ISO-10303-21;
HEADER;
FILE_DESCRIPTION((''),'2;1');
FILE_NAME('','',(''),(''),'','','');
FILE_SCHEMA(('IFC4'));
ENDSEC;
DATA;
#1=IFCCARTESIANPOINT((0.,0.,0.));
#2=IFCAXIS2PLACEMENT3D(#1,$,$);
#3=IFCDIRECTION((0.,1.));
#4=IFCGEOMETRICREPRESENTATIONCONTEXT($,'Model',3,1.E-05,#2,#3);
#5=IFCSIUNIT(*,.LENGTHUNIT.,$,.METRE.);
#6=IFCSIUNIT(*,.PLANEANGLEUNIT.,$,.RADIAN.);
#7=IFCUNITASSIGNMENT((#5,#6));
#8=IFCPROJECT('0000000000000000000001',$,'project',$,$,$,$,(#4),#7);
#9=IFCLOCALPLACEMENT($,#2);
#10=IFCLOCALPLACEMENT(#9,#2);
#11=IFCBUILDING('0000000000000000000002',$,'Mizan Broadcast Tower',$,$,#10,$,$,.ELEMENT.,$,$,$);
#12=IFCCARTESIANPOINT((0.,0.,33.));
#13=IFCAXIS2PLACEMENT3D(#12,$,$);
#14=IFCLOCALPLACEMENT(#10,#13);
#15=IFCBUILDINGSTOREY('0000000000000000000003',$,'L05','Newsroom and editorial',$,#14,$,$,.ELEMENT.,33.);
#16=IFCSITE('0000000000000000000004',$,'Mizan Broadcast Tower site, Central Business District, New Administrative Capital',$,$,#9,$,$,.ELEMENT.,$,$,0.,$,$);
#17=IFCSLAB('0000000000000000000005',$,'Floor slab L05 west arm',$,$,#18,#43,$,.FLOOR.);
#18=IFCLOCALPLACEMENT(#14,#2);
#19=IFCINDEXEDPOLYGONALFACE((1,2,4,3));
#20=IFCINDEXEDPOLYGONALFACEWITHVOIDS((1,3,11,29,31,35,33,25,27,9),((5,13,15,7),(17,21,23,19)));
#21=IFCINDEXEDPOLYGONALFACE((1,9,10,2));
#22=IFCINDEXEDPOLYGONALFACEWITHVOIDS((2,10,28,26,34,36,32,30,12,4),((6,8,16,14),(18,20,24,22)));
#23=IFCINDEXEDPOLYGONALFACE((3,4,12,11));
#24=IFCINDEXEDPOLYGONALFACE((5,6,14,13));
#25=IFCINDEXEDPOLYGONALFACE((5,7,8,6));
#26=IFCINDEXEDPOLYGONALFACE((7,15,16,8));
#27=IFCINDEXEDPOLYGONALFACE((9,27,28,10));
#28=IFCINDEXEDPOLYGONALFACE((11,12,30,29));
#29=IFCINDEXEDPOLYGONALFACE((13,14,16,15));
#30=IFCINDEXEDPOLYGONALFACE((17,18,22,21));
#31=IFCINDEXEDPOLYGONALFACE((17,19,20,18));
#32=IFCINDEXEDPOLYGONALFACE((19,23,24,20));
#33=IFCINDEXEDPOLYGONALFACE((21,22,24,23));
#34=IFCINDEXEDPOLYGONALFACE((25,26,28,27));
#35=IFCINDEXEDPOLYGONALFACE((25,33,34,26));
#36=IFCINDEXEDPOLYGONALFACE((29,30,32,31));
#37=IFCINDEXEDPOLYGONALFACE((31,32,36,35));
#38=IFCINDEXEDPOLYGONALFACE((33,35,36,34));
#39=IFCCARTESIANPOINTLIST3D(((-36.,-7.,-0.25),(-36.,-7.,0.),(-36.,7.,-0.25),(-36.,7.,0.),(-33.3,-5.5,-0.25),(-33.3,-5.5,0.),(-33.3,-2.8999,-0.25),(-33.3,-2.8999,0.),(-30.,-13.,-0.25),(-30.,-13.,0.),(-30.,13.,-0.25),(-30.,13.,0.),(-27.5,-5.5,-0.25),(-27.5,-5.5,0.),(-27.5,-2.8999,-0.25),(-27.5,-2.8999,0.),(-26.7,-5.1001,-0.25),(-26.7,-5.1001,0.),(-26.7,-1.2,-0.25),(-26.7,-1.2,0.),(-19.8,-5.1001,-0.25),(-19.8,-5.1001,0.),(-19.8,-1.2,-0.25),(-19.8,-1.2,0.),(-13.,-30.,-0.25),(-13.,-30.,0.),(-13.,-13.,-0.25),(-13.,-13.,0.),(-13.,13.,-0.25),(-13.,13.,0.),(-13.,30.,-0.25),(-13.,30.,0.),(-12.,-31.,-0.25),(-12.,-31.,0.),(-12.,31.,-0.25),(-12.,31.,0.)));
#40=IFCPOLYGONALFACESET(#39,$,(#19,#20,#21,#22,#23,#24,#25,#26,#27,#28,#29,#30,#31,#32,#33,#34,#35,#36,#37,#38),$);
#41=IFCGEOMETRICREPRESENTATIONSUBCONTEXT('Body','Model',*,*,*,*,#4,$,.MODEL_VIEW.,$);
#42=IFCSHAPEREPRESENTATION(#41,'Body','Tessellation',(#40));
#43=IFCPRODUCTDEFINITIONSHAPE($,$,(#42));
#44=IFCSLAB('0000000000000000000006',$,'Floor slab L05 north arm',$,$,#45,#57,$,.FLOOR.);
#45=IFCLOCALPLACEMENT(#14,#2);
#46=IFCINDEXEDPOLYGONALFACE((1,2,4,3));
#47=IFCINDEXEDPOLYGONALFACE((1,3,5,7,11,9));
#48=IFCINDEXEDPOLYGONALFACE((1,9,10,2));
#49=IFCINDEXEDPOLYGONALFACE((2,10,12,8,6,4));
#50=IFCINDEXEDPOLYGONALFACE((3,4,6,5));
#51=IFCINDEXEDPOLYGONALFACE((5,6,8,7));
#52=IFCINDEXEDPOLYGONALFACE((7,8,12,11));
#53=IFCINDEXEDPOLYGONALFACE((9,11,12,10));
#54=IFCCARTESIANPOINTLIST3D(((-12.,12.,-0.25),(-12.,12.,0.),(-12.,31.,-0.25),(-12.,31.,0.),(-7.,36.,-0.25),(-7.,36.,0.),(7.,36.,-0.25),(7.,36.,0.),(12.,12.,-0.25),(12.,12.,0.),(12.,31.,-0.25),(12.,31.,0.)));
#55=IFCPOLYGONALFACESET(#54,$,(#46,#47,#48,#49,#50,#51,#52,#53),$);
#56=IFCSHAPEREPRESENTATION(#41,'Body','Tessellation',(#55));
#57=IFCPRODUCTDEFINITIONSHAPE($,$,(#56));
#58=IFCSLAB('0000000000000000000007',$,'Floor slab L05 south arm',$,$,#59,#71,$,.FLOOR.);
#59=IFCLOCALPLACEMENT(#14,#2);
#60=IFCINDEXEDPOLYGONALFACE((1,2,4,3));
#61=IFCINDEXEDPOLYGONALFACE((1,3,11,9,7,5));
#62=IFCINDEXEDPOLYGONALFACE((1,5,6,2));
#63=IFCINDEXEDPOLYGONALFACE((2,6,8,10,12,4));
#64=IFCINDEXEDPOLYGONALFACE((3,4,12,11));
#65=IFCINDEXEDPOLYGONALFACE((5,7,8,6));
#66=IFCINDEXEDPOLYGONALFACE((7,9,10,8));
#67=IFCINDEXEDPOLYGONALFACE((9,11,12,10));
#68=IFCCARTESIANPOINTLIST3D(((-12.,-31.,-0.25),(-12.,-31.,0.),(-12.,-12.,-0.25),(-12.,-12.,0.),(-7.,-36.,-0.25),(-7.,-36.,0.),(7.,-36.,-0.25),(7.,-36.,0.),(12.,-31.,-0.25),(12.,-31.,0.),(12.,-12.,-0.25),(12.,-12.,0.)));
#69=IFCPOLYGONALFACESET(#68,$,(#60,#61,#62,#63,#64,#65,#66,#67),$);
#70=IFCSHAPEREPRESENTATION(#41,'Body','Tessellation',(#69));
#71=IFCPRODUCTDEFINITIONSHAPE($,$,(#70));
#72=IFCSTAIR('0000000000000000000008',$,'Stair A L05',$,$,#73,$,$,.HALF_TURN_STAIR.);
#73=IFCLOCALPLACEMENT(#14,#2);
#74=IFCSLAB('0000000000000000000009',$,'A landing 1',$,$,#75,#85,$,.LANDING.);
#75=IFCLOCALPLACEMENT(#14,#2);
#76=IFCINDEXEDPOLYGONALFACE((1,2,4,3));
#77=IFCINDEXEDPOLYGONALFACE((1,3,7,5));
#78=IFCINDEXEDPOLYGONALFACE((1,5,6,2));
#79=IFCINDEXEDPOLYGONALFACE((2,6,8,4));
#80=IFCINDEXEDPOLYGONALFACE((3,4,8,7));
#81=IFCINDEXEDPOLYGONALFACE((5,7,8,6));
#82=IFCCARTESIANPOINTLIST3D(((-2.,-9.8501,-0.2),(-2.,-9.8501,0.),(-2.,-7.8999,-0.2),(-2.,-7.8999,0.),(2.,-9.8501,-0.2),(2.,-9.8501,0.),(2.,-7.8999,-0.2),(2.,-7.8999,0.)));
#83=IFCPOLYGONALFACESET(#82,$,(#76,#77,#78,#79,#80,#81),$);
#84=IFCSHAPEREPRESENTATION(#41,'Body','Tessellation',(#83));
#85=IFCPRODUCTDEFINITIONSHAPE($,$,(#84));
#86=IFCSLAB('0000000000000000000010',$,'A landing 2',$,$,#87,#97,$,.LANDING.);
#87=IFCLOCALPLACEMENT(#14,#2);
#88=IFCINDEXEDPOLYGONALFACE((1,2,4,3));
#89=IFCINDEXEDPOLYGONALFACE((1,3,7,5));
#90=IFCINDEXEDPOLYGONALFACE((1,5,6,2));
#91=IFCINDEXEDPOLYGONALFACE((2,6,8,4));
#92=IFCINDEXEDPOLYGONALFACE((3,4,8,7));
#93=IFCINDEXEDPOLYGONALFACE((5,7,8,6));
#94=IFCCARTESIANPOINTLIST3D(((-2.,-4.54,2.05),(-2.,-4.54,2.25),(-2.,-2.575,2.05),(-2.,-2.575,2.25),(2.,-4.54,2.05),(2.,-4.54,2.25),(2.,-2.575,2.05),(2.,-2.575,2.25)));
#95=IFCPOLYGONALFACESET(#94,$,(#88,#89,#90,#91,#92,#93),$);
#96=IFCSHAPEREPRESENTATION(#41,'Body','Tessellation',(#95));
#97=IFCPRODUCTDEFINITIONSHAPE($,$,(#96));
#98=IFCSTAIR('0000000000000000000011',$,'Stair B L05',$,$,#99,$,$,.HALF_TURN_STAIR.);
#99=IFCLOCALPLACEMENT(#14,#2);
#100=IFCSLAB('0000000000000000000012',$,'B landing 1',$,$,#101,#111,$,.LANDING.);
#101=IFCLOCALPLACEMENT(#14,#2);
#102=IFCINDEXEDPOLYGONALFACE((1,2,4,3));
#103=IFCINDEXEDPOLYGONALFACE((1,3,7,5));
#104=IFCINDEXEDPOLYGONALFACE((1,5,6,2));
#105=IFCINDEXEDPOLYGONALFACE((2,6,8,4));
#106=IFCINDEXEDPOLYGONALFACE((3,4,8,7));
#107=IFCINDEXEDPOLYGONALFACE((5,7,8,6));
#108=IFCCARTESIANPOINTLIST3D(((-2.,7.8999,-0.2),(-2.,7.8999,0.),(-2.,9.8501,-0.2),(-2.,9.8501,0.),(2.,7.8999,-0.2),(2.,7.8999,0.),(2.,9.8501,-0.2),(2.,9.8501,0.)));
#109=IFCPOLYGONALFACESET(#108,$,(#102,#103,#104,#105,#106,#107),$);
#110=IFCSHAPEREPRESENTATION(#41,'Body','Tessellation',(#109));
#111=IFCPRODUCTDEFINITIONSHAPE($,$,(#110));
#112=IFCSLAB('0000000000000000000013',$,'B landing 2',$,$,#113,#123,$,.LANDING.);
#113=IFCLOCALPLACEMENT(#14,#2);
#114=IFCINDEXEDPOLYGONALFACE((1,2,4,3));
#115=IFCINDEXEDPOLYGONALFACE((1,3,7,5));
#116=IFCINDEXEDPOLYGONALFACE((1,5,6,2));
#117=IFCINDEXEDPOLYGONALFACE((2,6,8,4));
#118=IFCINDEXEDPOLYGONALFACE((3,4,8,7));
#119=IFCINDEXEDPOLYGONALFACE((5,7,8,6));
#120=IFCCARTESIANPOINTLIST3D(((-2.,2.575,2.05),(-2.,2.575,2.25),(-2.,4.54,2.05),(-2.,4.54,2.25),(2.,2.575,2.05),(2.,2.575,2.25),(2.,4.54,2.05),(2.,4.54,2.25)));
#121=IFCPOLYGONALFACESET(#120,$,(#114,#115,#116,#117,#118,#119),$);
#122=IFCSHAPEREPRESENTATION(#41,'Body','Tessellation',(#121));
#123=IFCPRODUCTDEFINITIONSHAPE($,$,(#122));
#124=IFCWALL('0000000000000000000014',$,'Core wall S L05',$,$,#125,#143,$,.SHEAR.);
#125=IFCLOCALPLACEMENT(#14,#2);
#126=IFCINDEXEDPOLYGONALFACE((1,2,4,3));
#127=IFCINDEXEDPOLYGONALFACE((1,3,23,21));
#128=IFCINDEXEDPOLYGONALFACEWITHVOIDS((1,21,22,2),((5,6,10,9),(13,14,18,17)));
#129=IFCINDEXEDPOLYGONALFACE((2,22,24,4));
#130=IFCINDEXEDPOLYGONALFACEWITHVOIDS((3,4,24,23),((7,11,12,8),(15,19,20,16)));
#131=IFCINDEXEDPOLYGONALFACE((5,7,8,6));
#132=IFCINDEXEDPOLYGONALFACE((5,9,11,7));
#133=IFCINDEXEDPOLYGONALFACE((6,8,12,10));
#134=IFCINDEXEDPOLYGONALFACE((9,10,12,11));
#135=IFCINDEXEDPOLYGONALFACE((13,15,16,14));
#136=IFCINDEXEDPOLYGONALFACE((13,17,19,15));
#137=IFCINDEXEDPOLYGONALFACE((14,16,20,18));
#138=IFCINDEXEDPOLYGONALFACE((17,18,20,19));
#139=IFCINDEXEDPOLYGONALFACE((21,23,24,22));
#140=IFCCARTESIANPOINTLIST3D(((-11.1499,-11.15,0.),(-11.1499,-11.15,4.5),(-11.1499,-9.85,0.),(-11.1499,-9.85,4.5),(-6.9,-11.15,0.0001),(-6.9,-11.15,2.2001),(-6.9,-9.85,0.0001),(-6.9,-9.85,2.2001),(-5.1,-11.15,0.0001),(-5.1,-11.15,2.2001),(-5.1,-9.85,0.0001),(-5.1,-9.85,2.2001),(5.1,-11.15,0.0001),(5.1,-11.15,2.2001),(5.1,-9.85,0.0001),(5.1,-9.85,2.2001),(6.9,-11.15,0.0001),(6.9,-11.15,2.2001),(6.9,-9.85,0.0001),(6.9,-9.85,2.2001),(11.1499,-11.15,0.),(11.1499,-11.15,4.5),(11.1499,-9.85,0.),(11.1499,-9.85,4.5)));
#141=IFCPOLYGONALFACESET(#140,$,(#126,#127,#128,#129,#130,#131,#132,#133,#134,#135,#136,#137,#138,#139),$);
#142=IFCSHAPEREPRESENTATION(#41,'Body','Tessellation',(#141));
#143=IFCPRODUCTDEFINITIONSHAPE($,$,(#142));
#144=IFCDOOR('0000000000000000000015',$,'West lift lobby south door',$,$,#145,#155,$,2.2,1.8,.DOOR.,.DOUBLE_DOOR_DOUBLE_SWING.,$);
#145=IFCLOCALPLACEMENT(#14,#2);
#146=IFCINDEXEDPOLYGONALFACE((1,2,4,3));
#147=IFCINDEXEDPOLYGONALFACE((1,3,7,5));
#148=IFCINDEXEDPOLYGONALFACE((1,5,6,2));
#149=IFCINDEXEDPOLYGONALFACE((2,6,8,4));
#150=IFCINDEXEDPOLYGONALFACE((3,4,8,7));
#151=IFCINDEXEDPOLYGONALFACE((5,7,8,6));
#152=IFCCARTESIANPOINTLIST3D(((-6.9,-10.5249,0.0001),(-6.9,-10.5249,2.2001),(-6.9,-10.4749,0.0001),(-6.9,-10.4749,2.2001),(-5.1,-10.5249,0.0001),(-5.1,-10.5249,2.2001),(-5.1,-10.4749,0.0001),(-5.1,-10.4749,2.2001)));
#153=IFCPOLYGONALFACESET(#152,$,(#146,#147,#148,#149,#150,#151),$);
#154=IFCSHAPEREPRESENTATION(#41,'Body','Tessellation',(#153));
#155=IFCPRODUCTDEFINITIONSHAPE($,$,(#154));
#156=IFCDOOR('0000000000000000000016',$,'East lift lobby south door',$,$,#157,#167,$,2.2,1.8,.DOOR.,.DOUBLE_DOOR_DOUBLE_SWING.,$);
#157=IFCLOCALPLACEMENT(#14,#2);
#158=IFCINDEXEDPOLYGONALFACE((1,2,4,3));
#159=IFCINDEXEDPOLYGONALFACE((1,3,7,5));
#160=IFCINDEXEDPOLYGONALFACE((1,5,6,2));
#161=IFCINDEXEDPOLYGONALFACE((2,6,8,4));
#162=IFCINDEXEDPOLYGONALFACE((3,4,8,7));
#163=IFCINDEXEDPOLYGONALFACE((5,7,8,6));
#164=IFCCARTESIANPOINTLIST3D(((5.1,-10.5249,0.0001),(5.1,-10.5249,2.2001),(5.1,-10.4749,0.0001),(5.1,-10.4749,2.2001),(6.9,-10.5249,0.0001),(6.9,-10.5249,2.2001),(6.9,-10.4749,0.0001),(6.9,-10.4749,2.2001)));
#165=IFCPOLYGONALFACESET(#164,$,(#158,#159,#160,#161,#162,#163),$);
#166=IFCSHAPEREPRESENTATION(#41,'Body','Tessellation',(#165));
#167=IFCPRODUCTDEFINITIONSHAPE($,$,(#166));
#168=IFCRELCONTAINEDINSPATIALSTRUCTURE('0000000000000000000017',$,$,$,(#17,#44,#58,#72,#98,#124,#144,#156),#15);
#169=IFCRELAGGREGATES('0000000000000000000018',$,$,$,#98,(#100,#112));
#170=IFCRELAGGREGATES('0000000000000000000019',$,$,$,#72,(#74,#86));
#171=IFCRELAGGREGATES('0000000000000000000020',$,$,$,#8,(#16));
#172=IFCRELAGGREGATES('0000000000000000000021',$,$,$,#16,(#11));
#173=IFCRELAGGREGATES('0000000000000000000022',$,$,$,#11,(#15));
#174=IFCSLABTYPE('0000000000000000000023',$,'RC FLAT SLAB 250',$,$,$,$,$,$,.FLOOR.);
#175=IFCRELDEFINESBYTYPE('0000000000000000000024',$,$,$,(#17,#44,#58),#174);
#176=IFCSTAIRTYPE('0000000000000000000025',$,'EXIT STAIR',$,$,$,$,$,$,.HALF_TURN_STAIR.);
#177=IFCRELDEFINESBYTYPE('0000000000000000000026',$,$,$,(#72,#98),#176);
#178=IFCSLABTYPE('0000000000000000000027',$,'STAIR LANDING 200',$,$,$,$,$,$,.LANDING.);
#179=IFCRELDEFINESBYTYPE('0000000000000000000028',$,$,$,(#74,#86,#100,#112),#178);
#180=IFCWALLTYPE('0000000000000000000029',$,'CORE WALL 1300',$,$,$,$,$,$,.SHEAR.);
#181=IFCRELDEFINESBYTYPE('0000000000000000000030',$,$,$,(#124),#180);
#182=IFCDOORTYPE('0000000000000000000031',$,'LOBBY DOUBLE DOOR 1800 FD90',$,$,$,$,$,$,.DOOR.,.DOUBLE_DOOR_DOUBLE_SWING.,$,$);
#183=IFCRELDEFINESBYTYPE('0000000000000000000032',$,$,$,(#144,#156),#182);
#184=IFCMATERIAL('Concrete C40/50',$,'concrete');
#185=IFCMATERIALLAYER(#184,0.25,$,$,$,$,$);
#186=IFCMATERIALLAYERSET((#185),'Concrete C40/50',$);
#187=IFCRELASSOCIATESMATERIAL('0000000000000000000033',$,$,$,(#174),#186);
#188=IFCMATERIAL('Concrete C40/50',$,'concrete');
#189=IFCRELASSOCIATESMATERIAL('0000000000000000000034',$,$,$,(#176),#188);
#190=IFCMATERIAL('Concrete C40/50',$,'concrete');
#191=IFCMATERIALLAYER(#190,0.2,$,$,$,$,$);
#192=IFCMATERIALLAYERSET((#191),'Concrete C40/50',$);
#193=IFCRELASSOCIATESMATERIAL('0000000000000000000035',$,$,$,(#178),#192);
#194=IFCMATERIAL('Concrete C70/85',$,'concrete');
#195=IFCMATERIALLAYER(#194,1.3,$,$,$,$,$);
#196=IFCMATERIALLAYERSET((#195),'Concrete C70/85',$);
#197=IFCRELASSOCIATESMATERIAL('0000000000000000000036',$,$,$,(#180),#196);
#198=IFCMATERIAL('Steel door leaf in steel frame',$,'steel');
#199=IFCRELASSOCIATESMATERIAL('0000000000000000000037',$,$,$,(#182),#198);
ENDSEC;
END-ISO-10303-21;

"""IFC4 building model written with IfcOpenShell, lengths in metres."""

from ifc_helpers import new_model, si_unit, direction, frame, frame_2d, origin, place, context, subcontext, project, spatial, polyline, rectangle, outline, extrude, material, layer, layer_set, type_object, element, fill, aggregate, save


model = new_model("IFC4")

# Units and contexts
model_context = context("Model", 3, precision=1e-05, world=origin(), true_north=direction((0.0, 1.0)))
body_context = subcontext(model_context, "Body", "Model", "MODEL_VIEW")
ifc_project = project(units=[si_unit("LENGTHUNIT", "METRE"), si_unit("PLANEANGLEUNIT", "RADIAN")], contexts=[model_context])

# Site, building, storey
site_placement = place(None, origin())
site = spatial("IfcSite", under=ifc_project, at=site_placement, Name="Mizan Broadcast Tower site, Central Business District, New Administrative Capital", CompositionType="ELEMENT", RefElevation=0.0)
building_placement = place(site_placement, origin())
building = spatial("IfcBuilding", under=site, at=building_placement, Name="Mizan Broadcast Tower", CompositionType="ELEMENT")
storey_placement = place(building_placement, frame((0.0, 0.0, 33.0)))
storey = spatial("IfcBuildingStorey", under=building, at=storey_placement, Name="L05", Description="Newsroom and editorial", CompositionType="ELEMENT", Elevation=33.0)

# Slabs
ifc_material_1 = material(Name="Concrete C40/50", Category="concrete")
ifc_layer_1 = layer(ifc_material_1, 0.25)
ifc_layer_set_1 = layer_set([ifc_layer_1], Name="Concrete C40/50")
slab_type_1 = type_object("IfcSlabType", Name="RC FLAT SLAB 250", PredefinedType="FLOOR", material=ifc_layer_set_1)
slab_1_placement = place(storey_placement, frame((0.0, 0.0, -0.25)))
element("IfcSlab", 1, at=slab_1_placement, inside=storey, type_object=slab_type_1, Name="Floor slab L05 west arm", PredefinedType="FLOOR", context=body_context, shape_type="SweptSolid", body=[
    extrude(outline(polyline([(-13.0, -13.0), (-13.0, -30.0), (-12.0, -31.0), (-12.0, 31.0), (-13.0, 30.0), (-13.0, 13.0), (-30.0, 13.0), (-36.0, 7.0), (-36.0, -7.0), (-30.0, -13.0), (-13.0, -13.0)]), holes=[polyline([(-19.8, -5.1001), (-26.7, -5.1001), (-26.7, -1.2), (-19.8, -1.2), (-19.8, -5.1001)]), polyline([(-33.3, -5.5), (-33.3, -2.8999), (-27.5, -2.8999), (-27.5, -5.5), (-33.3, -5.5)])]), origin(), (0.0, 0.0, 1.0), 0.25),
])
slab_2_placement = place(storey_placement, frame((0.0, 0.0, -0.25)))
element("IfcSlab", 2, at=slab_2_placement, inside=storey, type_object=slab_type_1, Name="Floor slab L05 north arm", PredefinedType="FLOOR", context=body_context, shape_type="SweptSolid", body=[
    extrude(outline(polyline([(-7.0, 36.0), (-12.0, 31.0), (-12.0, 12.0), (12.0, 12.0), (12.0, 31.0), (7.0, 36.0), (-7.0, 36.0)])), origin(), (0.0, 0.0, 1.0), 0.25),
])
slab_3_placement = place(storey_placement, frame((0.0, 0.0, -0.25)))
element("IfcSlab", 3, at=slab_3_placement, inside=storey, type_object=slab_type_1, Name="Floor slab L05 south arm", PredefinedType="FLOOR", context=body_context, shape_type="SweptSolid", body=[
    extrude(outline(polyline([(7.0, -36.0), (12.0, -31.0), (12.0, -12.0), (-12.0, -12.0), (-12.0, -31.0), (-7.0, -36.0), (7.0, -36.0)])), origin(), (0.0, 0.0, 1.0), 0.25),
])

# Stairs, slabs
ifc_material_2 = material(Name="Concrete C40/50", Category="concrete")
stair_type = type_object("IfcStairType", Name="EXIT STAIR", PredefinedType="HALF_TURN_STAIR", material=ifc_material_2)
stair_1_placement = place(storey_placement, origin())
stair_1 = element("IfcStair", 4, at=stair_1_placement, inside=storey, type_object=stair_type, Name="Stair A L05", PredefinedType="HALF_TURN_STAIR")
ifc_material_3 = material(Name="Concrete C40/50", Category="concrete")
ifc_layer_2 = layer(ifc_material_3, 0.2)
ifc_layer_set_2 = layer_set([ifc_layer_2], Name="Concrete C40/50")
slab_type_2 = type_object("IfcSlabType", Name="STAIR LANDING 200", PredefinedType="LANDING", material=ifc_layer_set_2)
slab_4_placement = place(storey_placement, frame((0.0, 0.0, -0.2)))
slab_4 = element("IfcSlab", 5, at=slab_4_placement, type_object=slab_type_2, Name="A landing 1", PredefinedType="LANDING", context=body_context, shape_type="SweptSolid", body=[
    extrude(outline(polyline([(-2.0, -9.8501), (-2.0, -7.8999), (2.0, -7.8999), (2.0, -9.8501), (-2.0, -9.8501)])), origin(), (0.0, 0.0, 1.0), 0.2),
])
slab_5_placement = place(storey_placement, frame((0.0, 0.0, 2.05)))
slab_5 = element("IfcSlab", 6, at=slab_5_placement, type_object=slab_type_2, Name="A landing 2", PredefinedType="LANDING", context=body_context, shape_type="SweptSolid", body=[
    extrude(outline(polyline([(-2.0, -4.54), (-2.0, -2.575), (2.0, -2.575), (2.0, -4.54), (-2.0, -4.54)])), origin(), (0.0, 0.0, 1.0), 0.2),
])
stair_2_placement = place(storey_placement, origin())
stair_2 = element("IfcStair", 7, at=stair_2_placement, inside=storey, type_object=stair_type, Name="Stair B L05", PredefinedType="HALF_TURN_STAIR")
slab_6_placement = place(storey_placement, frame((0.0, 0.0, -0.2)))
slab_6 = element("IfcSlab", 8, at=slab_6_placement, type_object=slab_type_2, Name="B landing 1", PredefinedType="LANDING", context=body_context, shape_type="SweptSolid", body=[
    extrude(outline(polyline([(2.0, 9.8501), (2.0, 7.8999), (-2.0, 7.8999), (-2.0, 9.8501), (2.0, 9.8501)])), origin(), (0.0, 0.0, 1.0), 0.2),
])
slab_7_placement = place(storey_placement, frame((0.0, 0.0, 2.05)))
slab_7 = element("IfcSlab", 9, at=slab_7_placement, type_object=slab_type_2, Name="B landing 2", PredefinedType="LANDING", context=body_context, shape_type="SweptSolid", body=[
    extrude(outline(polyline([(2.0, 4.54), (2.0, 2.575), (-2.0, 2.575), (-2.0, 4.54), (2.0, 4.54)])), origin(), (0.0, 0.0, 1.0), 0.2),
])
aggregate(stair_2, [slab_6, slab_7])

# Wall, openings, doors
ifc_material_4 = material(Name="Concrete C70/85", Category="concrete")
ifc_layer_3 = layer(ifc_material_4, 1.3)
ifc_layer_set_3 = layer_set([ifc_layer_3], Name="Concrete C70/85")
wall_type_1 = type_object("IfcWallType", Name="CORE WALL 1300", PredefinedType="SHEAR", material=ifc_layer_set_3)
wall_1_placement = place(storey_placement, frame((11.1499, -10.5, 0.0), z_axis=(0.0, 0.0, 1.0), x_axis=(-1.0, 0.0, 0.0)))
wall_1 = element("IfcWall", 10, at=wall_1_placement, inside=storey, type_object=wall_type_1, Name="Core wall S L05", PredefinedType="SHEAR", context=body_context, shape_type="SweptSolid", body=[
    extrude(rectangle(XDim=22.2998, YDim=1.3, at=frame_2d((11.1499, 0.0))), origin(), (0.0, 0.0, 1.0), 4.5),
])
opening_1_placement = place(wall_1_placement, frame((16.25, 0.0, 0.0)))
opening_1 = element("IfcOpeningElement", 11, at=opening_1_placement, cuts=wall_1, PredefinedType="OPENING", context=body_context, shape_type="SweptSolid", body=[
    extrude(rectangle(XDim=1.8, YDim=2.2, at=frame_2d((0.8999, 1.1001))), frame((0.0, 0.6599, 0.0), z_axis=(0.0, -1.0, 0.0), x_axis=(1.0, 0.0, 0.0)), (0.0, 0.0, 1.0), 1.3201),
])
opening_2_placement = place(wall_1_placement, frame((4.25, 0.0, 0.0)))
opening_2 = element("IfcOpeningElement", 12, at=opening_2_placement, cuts=wall_1, PredefinedType="OPENING", context=body_context, shape_type="SweptSolid", body=[
    extrude(rectangle(XDim=1.8, YDim=2.2, at=frame_2d((0.8999, 1.1001))), frame((0.0, 0.6599, 0.0), z_axis=(0.0, -1.0, 0.0), x_axis=(1.0, 0.0, 0.0)), (0.0, 0.0, 1.0), 1.3201),
])
ifc_material_5 = material(Name="Steel door leaf in steel frame", Category="steel")
door_type_1 = type_object("IfcDoorType", Name="LOBBY DOUBLE DOOR 1800 FD90", OperationType="DOUBLE_DOOR_DOUBLE_SWING", PredefinedType="DOOR", material=ifc_material_5)
door_1_placement = place(opening_1_placement, origin())
door_1 = element("IfcDoor", 13, at=door_1_placement, inside=storey, type_object=door_type_1, Name="West lift lobby south door", OperationType="DOUBLE_DOOR_DOUBLE_SWING", OverallHeight=2.2, OverallWidth=1.8, PredefinedType="DOOR", context=body_context, shape_type="SweptSolid", body=[
    extrude(rectangle(XDim=1.8, YDim=2.2, at=frame_2d((0.8999, 1.1001))), frame((0.0, 0.0249, 0.0), z_axis=(0.0, -1.0, 0.0), x_axis=(1.0, 0.0, 0.0)), (0.0, 0.0, 1.0), 0.05),
])
fill(opening_1, door_1)
door_2_placement = place(opening_2_placement, origin())
door_2 = element("IfcDoor", 14, at=door_2_placement, inside=storey, type_object=door_type_1, Name="East lift lobby south door", OperationType="DOUBLE_DOOR_DOUBLE_SWING", OverallHeight=2.2, OverallWidth=1.8, PredefinedType="DOOR", context=body_context, shape_type="SweptSolid", body=[
    extrude(rectangle(XDim=1.8, YDim=2.2, at=frame_2d((0.8999, 1.1001))), frame((0.0, 0.0249, 0.0), z_axis=(0.0, -1.0, 0.0), x_axis=(1.0, 0.0, 0.0)), (0.0, 0.0, 1.0), 0.05),
])
fill(opening_2, door_2)

aggregate(stair_1, [slab_4, slab_5])

save(model, "model.ifc")
